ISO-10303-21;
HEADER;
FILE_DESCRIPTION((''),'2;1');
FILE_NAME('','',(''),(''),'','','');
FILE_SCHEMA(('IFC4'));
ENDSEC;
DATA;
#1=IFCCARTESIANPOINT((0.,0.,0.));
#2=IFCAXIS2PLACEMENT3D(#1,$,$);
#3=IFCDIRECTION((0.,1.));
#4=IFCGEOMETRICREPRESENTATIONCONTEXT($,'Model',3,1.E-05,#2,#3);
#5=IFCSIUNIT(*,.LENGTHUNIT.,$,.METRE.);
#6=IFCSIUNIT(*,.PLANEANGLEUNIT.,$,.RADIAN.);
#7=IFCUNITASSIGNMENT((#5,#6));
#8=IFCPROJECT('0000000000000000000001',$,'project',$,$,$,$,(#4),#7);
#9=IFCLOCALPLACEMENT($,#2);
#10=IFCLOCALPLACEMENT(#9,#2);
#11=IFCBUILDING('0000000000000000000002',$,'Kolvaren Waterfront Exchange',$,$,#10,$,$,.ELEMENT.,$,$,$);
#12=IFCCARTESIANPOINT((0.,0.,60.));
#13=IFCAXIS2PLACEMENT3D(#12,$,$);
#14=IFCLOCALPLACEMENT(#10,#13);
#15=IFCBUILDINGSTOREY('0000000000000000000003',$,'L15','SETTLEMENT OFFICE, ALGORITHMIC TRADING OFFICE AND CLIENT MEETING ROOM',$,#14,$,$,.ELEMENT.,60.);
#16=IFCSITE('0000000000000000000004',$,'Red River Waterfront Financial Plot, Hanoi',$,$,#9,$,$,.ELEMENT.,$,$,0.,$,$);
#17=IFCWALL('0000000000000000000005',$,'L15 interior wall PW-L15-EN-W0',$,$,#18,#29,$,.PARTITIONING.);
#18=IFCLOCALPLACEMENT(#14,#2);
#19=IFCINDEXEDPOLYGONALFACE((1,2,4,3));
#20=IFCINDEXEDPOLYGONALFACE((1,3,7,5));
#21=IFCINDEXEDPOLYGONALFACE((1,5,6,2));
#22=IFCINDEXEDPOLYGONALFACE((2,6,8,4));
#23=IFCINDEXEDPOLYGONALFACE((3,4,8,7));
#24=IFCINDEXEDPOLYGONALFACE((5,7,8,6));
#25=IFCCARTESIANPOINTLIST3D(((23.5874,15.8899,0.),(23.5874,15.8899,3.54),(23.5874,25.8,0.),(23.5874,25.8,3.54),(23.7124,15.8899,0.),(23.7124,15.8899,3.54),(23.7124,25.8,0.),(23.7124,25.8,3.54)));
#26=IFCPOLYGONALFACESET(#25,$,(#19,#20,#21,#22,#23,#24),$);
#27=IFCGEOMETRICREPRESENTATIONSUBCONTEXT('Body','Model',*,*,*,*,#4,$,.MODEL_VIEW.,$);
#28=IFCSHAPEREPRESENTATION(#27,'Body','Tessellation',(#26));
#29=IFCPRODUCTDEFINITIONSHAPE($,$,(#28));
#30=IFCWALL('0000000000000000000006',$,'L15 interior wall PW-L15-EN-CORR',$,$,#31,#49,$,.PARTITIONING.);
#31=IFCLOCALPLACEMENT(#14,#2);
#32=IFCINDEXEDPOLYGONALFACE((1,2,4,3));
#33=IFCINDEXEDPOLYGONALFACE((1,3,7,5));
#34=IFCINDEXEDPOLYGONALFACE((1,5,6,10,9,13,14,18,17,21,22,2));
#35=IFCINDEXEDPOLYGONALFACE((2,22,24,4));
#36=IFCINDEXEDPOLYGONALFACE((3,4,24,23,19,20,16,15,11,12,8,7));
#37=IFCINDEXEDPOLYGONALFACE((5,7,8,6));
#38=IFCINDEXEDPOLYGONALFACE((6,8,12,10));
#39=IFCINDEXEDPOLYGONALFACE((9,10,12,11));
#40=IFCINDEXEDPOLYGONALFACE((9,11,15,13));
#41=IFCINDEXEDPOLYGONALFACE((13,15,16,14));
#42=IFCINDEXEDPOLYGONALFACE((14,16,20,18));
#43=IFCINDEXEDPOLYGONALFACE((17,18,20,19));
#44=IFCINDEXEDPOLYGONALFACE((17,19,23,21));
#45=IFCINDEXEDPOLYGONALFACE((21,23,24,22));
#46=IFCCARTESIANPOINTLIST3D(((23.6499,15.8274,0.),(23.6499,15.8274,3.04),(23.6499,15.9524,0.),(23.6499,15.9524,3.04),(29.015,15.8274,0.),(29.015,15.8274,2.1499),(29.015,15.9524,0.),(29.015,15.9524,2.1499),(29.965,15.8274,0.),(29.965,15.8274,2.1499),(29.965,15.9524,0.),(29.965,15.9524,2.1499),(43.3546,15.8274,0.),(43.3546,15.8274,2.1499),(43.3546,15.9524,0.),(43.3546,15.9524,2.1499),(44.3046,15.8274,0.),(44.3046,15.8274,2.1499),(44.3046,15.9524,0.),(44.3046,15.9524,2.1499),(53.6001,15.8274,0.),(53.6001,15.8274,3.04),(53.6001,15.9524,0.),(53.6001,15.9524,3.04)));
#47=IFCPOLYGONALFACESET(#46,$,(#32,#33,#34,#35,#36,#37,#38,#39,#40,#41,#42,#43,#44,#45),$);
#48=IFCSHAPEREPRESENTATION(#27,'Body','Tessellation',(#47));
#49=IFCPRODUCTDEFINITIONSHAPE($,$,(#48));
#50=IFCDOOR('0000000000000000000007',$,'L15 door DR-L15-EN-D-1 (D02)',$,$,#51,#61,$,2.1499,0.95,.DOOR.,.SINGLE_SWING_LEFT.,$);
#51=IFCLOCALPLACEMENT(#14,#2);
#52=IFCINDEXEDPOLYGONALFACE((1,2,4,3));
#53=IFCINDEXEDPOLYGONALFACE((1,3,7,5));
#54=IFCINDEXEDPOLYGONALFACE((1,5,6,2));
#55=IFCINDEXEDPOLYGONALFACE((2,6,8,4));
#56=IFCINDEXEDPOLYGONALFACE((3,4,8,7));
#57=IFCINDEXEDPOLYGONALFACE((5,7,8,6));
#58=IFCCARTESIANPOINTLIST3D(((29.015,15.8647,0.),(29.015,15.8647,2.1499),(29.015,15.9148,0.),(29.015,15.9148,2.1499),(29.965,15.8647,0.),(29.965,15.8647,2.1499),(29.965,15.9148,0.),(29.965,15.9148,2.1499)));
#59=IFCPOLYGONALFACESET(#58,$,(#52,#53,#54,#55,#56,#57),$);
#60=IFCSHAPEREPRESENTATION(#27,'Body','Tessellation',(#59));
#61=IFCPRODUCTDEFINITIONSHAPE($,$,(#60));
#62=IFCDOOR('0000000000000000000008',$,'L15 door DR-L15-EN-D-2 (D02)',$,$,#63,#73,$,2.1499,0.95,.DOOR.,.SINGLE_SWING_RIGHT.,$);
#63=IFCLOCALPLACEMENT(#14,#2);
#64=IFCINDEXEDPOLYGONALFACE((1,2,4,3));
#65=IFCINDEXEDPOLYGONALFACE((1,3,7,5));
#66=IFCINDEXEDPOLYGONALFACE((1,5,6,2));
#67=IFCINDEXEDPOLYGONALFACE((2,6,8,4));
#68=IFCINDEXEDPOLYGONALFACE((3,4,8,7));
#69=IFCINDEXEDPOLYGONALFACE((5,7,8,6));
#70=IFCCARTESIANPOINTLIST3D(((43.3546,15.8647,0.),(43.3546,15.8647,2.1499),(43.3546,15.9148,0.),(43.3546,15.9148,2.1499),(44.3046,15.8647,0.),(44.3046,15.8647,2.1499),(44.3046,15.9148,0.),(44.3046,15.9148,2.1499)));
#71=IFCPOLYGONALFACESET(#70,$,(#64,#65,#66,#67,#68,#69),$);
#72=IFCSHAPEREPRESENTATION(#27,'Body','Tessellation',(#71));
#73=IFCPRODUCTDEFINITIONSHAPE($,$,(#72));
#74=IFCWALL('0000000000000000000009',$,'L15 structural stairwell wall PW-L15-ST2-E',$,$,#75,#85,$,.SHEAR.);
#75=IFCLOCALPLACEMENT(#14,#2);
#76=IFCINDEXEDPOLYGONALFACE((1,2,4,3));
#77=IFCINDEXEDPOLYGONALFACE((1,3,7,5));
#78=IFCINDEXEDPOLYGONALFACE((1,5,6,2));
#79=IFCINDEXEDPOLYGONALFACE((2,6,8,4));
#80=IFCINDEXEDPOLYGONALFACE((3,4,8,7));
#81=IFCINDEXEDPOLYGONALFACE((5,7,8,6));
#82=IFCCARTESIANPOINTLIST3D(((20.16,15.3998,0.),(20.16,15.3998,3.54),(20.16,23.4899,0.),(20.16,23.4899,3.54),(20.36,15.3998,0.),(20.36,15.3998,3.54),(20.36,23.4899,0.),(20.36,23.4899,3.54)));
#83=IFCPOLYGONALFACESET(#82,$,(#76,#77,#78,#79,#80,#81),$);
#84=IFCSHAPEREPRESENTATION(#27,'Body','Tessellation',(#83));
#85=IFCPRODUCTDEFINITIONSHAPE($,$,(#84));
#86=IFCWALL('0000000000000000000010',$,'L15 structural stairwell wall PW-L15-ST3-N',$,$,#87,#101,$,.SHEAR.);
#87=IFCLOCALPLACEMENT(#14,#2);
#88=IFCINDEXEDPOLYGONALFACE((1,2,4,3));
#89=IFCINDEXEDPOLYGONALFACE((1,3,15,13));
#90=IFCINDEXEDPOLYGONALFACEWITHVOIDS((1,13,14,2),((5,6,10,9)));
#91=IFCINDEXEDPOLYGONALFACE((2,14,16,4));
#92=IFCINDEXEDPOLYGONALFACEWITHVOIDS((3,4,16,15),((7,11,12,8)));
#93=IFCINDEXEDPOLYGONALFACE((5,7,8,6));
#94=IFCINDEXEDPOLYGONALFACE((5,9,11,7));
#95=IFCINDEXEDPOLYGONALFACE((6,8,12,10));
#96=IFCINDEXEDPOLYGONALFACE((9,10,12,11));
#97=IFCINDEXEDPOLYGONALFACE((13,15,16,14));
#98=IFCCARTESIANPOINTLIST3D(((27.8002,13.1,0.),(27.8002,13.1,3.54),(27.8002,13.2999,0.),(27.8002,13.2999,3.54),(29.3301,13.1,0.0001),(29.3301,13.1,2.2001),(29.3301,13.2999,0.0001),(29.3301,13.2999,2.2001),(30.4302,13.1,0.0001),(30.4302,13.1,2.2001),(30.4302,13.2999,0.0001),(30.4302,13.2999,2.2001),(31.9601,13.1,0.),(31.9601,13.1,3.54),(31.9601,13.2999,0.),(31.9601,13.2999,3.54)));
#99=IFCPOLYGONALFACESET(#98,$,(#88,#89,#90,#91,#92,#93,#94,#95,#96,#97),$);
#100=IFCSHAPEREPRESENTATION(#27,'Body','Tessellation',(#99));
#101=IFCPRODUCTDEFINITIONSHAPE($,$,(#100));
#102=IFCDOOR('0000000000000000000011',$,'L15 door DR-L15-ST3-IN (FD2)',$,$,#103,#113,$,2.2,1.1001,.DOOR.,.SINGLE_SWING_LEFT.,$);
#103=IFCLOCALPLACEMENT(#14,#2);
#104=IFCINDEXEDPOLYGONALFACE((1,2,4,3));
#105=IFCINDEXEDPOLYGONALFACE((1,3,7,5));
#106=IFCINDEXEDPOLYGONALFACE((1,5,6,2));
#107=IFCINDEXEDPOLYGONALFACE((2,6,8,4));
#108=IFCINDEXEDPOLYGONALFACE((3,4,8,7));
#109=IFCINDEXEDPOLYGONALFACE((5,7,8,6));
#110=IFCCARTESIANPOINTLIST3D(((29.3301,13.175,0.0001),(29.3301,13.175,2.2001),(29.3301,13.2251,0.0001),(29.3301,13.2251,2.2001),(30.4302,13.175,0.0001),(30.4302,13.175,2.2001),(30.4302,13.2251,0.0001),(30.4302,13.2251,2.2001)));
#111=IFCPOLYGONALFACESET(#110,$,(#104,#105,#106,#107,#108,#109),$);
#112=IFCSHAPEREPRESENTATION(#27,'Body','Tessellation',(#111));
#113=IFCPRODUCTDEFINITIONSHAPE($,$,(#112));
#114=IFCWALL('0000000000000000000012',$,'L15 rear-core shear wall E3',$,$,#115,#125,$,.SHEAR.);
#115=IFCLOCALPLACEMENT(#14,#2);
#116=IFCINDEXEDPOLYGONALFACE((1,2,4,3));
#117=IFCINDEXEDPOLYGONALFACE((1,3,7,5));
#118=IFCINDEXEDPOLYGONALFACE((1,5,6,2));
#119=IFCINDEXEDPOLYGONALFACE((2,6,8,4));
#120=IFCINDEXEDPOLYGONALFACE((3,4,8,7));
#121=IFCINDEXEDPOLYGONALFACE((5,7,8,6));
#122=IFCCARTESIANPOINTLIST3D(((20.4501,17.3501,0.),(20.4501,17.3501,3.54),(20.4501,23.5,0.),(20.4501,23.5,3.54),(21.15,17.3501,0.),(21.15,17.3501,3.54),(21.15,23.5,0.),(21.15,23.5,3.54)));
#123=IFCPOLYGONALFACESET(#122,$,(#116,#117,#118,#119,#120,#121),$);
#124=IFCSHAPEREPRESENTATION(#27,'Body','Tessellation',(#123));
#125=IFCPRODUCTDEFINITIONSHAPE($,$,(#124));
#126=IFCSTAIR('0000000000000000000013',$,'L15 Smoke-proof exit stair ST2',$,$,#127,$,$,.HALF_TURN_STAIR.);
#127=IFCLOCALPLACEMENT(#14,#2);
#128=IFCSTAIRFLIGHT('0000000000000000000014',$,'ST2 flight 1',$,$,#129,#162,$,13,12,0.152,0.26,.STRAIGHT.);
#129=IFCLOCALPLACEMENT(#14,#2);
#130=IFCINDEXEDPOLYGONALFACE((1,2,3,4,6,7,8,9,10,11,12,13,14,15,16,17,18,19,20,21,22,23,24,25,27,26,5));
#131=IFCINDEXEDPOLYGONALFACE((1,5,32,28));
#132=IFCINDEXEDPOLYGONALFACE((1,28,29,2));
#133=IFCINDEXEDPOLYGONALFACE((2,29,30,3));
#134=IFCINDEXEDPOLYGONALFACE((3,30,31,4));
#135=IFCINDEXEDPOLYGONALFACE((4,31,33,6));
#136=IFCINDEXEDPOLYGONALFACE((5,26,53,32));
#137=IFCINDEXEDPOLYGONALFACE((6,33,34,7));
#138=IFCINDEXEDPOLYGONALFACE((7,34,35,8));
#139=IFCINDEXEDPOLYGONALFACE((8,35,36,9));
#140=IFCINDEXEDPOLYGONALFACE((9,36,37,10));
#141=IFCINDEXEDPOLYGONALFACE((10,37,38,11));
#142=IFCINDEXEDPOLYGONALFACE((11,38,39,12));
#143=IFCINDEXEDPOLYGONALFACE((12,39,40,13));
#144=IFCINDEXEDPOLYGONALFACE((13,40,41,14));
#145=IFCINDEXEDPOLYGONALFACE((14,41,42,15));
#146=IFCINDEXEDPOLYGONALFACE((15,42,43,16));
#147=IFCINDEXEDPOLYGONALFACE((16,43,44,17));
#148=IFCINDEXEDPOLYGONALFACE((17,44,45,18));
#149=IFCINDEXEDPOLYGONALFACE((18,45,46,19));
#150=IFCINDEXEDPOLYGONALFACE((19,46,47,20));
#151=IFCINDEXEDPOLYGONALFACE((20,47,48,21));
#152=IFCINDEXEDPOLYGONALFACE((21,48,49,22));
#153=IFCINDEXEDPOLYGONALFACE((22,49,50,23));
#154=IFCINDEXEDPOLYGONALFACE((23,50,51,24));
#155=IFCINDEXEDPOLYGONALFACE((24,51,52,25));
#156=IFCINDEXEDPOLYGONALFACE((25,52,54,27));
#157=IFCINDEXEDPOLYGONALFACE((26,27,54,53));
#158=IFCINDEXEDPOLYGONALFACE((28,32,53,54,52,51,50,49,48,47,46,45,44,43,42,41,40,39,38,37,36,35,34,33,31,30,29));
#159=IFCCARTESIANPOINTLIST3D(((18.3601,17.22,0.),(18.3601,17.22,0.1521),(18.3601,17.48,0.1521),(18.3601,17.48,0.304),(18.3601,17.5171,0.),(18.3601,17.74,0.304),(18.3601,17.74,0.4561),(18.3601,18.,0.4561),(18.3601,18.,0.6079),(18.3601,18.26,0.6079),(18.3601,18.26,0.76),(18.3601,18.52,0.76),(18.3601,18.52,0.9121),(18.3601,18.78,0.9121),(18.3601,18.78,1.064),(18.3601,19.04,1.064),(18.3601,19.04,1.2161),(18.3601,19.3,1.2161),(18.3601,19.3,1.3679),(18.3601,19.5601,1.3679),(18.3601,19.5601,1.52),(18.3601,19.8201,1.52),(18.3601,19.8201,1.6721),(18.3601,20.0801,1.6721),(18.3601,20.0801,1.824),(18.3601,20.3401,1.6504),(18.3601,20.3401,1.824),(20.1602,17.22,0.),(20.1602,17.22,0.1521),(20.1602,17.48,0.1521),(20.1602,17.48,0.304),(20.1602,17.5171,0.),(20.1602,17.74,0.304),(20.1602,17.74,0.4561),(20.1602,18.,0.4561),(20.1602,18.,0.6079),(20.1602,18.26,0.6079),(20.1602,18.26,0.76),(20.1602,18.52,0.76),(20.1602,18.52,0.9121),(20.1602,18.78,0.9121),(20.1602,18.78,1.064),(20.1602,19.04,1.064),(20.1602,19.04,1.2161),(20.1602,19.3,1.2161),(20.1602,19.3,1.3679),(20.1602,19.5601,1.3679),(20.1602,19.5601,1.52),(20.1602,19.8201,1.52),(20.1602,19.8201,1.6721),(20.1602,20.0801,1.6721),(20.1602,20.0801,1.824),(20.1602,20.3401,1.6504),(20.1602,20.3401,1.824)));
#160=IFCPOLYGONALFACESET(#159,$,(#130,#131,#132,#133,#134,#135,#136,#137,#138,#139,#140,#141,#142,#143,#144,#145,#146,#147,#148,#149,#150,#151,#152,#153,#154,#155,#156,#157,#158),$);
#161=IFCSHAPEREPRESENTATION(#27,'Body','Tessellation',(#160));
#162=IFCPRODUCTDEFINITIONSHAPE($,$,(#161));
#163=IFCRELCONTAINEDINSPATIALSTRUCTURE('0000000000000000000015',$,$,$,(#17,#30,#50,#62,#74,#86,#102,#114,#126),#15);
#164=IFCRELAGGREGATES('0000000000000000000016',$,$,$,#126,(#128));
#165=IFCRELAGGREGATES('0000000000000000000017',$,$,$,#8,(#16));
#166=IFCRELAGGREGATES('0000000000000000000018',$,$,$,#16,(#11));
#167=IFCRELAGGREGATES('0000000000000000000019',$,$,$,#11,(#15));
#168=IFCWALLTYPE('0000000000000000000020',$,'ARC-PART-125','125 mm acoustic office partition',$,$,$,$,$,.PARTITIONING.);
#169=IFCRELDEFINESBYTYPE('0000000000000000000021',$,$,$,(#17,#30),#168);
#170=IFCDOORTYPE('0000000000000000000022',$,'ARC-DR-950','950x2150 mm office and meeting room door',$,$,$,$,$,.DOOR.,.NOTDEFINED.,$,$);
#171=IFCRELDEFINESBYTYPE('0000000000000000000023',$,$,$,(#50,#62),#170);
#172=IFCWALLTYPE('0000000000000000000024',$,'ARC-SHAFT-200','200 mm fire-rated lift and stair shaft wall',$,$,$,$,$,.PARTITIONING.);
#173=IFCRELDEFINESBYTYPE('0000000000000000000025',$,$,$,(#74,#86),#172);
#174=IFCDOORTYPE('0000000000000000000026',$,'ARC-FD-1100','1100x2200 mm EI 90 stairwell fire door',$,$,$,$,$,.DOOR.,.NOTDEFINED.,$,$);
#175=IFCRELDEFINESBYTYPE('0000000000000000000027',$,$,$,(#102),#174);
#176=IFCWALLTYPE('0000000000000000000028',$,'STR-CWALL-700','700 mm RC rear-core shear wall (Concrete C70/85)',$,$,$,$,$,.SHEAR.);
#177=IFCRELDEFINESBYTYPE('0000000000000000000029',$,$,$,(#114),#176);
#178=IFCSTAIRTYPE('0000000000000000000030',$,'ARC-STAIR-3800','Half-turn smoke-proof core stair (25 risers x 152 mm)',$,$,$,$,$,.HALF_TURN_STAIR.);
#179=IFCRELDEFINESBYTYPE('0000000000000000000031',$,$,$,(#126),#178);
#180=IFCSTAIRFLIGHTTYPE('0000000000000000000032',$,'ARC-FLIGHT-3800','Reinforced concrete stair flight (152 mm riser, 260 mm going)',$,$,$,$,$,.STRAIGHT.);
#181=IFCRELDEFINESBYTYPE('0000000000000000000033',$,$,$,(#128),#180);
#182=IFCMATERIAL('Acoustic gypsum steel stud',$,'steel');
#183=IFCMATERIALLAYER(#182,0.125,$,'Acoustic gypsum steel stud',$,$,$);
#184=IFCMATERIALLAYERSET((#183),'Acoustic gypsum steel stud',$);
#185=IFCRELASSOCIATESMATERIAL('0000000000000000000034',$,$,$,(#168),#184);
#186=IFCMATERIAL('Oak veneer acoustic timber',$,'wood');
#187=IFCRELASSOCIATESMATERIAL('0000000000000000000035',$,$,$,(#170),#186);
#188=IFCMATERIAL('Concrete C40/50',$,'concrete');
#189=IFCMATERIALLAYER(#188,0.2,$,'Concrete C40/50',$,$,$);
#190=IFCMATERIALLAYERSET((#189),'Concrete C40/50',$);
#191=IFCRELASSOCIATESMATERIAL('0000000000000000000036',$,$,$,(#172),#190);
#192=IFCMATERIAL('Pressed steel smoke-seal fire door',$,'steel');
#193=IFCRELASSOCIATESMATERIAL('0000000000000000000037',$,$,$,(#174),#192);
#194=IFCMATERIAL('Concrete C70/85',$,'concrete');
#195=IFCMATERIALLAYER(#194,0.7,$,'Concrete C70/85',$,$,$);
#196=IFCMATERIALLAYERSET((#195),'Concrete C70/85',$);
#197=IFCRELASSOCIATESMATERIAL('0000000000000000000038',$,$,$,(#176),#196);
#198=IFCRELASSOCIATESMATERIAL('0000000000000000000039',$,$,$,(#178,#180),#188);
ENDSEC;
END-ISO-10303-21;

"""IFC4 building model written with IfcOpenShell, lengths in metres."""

from ifc_helpers import new_model, si_unit, direction, frame, frame_2d, origin, place, context, subcontext, project, spatial, polyline, rectangle, outline, extrude, material, layer, layer_set, type_object, element, fill, aggregate, save


model = new_model("IFC4")

# Units and contexts
model_context = context("Model", 3, precision=1e-05, world=origin(), true_north=direction((0.0, 1.0)))
body_context = subcontext(model_context, "Body", "Model", "MODEL_VIEW")
ifc_project = project(units=[si_unit("LENGTHUNIT", "METRE"), si_unit("PLANEANGLEUNIT", "RADIAN")], contexts=[model_context])

# Site, building, storey
site_placement = place(None, origin())
site = spatial("IfcSite", under=ifc_project, at=site_placement, Name="Red River Waterfront Financial Plot, Hanoi", CompositionType="ELEMENT", RefElevation=0.0)
building_placement = place(site_placement, origin())
building = spatial("IfcBuilding", under=site, at=building_placement, Name="Kolvaren Waterfront Exchange", CompositionType="ELEMENT")
storey_placement = place(building_placement, frame((0.0, 0.0, 60.0)))
storey = spatial("IfcBuildingStorey", under=building, at=storey_placement, Name="L15", Description="SETTLEMENT OFFICE, ALGORITHMIC TRADING OFFICE AND CLIENT MEETING ROOM", CompositionType="ELEMENT", Elevation=60.0)

# Shared definitions
ifc_material_1 = material(Name="Concrete C70/85", Category="concrete")

# Shared definitions
ifc_material_2 = material(Name="Acoustic gypsum steel stud", Category="steel")
ifc_layer_1 = layer(ifc_material_2, 0.125, Name="Acoustic gypsum steel stud")
ifc_layer_set_1 = layer_set([ifc_layer_1], Name="Acoustic gypsum steel stud")
wall_type_1 = type_object("IfcWallType", Name="ARC-PART-125", Description="125 mm acoustic office partition", PredefinedType="PARTITIONING", material=ifc_layer_set_1)
ifc_material_3 = material(Name="Oak veneer acoustic timber", Category="wood")
door_type_1 = type_object("IfcDoorType", Name="ARC-DR-950", Description="950x2150 mm office and meeting room door", OperationType="NOTDEFINED", PredefinedType="DOOR", material=ifc_material_3)

# Wall
wall_1_placement = place(storey_placement, frame((23.6499, 15.8899, 0.0), z_axis=(0.0, 0.0, 1.0), x_axis=(0.0, 1.0, 0.0)))
element("IfcWall", 1, at=wall_1_placement, inside=storey, type_object=wall_type_1, Name="L15 interior wall PW-L15-EN-W0", PredefinedType="PARTITIONING", context=body_context, shape_type="SweptSolid", body=[
    extrude(rectangle(XDim=9.9102, YDim=0.125, at=frame_2d((4.9551, 0.0))), origin(), (0.0, 0.0, 1.0), 3.54),
])

# Wall, openings, doors
wall_2_placement = place(storey_placement, frame((23.6499, 15.8899, 0.0), z_axis=(0.0, 0.0, 1.0), x_axis=(1.0, 0.0, 0.0)))
wall_2 = element("IfcWall", 2, at=wall_2_placement, inside=storey, type_object=wall_type_1, Name="L15 interior wall PW-L15-EN-CORR", PredefinedType="PARTITIONING", context=body_context, shape_type="SweptSolid", body=[
    extrude(rectangle(XDim=29.9502, YDim=0.125, at=frame_2d((14.9751, 0.0))), origin(), (0.0, 0.0, 1.0), 3.04),
])
opening_1_placement = place(wall_2_placement, frame((5.365, 0.0, 0.0)))
opening_1 = element("IfcOpeningElement", 3, at=opening_1_placement, cuts=wall_2, PredefinedType="OPENING", context=body_context, shape_type="SweptSolid", body=[
    extrude(rectangle(XDim=0.95, YDim=2.1499, at=frame_2d((0.4751, 1.075))), frame((0.0, 0.0725, 0.0), z_axis=(0.0, -1.0, 0.0), x_axis=(1.0, 0.0, 0.0)), (0.0, 0.0, 1.0), 0.145),
])
opening_2_placement = place(wall_2_placement, frame((19.7046, 0.0, 0.0)))
opening_2 = element("IfcOpeningElement", 4, at=opening_2_placement, cuts=wall_2, PredefinedType="OPENING", context=body_context, shape_type="SweptSolid", body=[
    extrude(rectangle(XDim=0.95, YDim=2.1499, at=frame_2d((0.4751, 1.075))), frame((0.0, 0.0725, 0.0), z_axis=(0.0, -1.0, 0.0), x_axis=(1.0, 0.0, 0.0)), (0.0, 0.0, 1.0), 0.145),
])
door_1_placement = place(opening_1_placement, origin())
door_1 = element("IfcDoor", 5, at=door_1_placement, inside=storey, type_object=door_type_1, Name="L15 door DR-L15-EN-D-1 (D02)", OperationType="SINGLE_SWING_LEFT", OverallHeight=2.1499, OverallWidth=0.95, PredefinedType="DOOR", context=body_context, shape_type="SweptSolid", body=[
    extrude(rectangle(XDim=0.95, YDim=2.1499, at=frame_2d((0.4751, 1.075))), frame((0.0, 0.0249, 0.0), z_axis=(0.0, -1.0, 0.0), x_axis=(1.0, 0.0, 0.0)), (0.0, 0.0, 1.0), 0.05),
])
fill(opening_1, door_1)
door_2_placement = place(opening_2_placement, origin())
door_2 = element("IfcDoor", 6, at=door_2_placement, inside=storey, type_object=door_type_1, Name="L15 door DR-L15-EN-D-2 (D02)", OperationType="SINGLE_SWING_RIGHT", OverallHeight=2.1499, OverallWidth=0.95, PredefinedType="DOOR", context=body_context, shape_type="SweptSolid", body=[
    extrude(rectangle(XDim=0.95, YDim=2.1499, at=frame_2d((0.4751, 1.075))), frame((0.0, 0.0249, 0.0), z_axis=(0.0, -1.0, 0.0), x_axis=(1.0, 0.0, 0.0)), (0.0, 0.0, 1.0), 0.05),
])
fill(opening_2, door_2)

# Wall
ifc_material_4 = material(Name="Concrete C40/50", Category="concrete")
ifc_layer_2 = layer(ifc_material_4, 0.2, Name="Concrete C40/50")
ifc_layer_set_2 = layer_set([ifc_layer_2], Name="Concrete C40/50")
wall_type_2 = type_object("IfcWallType", Name="ARC-SHAFT-200", Description="200 mm fire-rated lift and stair shaft wall", PredefinedType="PARTITIONING", material=ifc_layer_set_2)
wall_3_placement = place(storey_placement, frame((20.26, 15.3999, 0.0), z_axis=(0.0, 0.0, 1.0), x_axis=(0.0, 1.0, 0.0)))
element("IfcWall", 7, at=wall_3_placement, inside=storey, type_object=wall_type_2, Name="L15 structural stairwell wall PW-L15-ST2-E", PredefinedType="SHEAR", context=body_context, shape_type="SweptSolid", body=[
    extrude(rectangle(XDim=8.0901, YDim=0.2, at=frame_2d((4.0449, 0.0))), origin(), (0.0, 0.0, 1.0), 3.54),
])

# Wall, opening, door
wall_4_placement = place(storey_placement, frame((27.8, 13.2, 0.0), z_axis=(0.0, 0.0, 1.0), x_axis=(1.0, 0.0, 0.0)))
wall_4 = element("IfcWall", 8, at=wall_4_placement, inside=storey, type_object=wall_type_2, Name="L15 structural stairwell wall PW-L15-ST3-N", PredefinedType="SHEAR", context=body_context, shape_type="SweptSolid", body=[
    extrude(rectangle(XDim=4.1599, YDim=0.2, at=frame_2d((2.0801, 0.0))), origin(), (0.0, 0.0, 1.0), 3.54),
])
opening_3_placement = place(wall_4_placement, frame((1.53, 0.0, 0.0)))
opening_3 = element("IfcOpeningElement", 9, at=opening_3_placement, cuts=wall_4, PredefinedType="OPENING", context=body_context, shape_type="SweptSolid", body=[
    extrude(rectangle(XDim=1.1001, YDim=2.2, at=frame_2d((0.55, 1.1001))), frame((0.0, 0.1099, 0.0), z_axis=(0.0, -1.0, 0.0), x_axis=(1.0, 0.0, 0.0)), (0.0, 0.0, 1.0), 0.22),
])
ifc_material_5 = material(Name="Pressed steel smoke-seal fire door", Category="steel")
door_type_2 = type_object("IfcDoorType", Name="ARC-FD-1100", Description="1100x2200 mm EI 90 stairwell fire door", OperationType="NOTDEFINED", PredefinedType="DOOR", material=ifc_material_5)
door_3_placement = place(opening_3_placement, frame((1.1001, 0.0, 0.0), z_axis=(0.0, 0.0, 1.0), x_axis=(-1.0, 0.0, 0.0)))
door_3 = element("IfcDoor", 10, at=door_3_placement, inside=storey, type_object=door_type_2, Name="L15 door DR-L15-ST3-IN (FD2)", OperationType="SINGLE_SWING_LEFT", OverallHeight=2.2, OverallWidth=1.1001, PredefinedType="DOOR", context=body_context, shape_type="SweptSolid", body=[
    extrude(rectangle(XDim=1.1001, YDim=2.2, at=frame_2d((0.55, 1.1001))), frame((0.0, 0.0249, 0.0), z_axis=(0.0, -1.0, 0.0), x_axis=(1.0, 0.0, 0.0)), (0.0, 0.0, 1.0), 0.05),
])
fill(opening_3, door_3)

# Wall
ifc_layer_3 = layer(ifc_material_1, 0.7, Name="Concrete C70/85")
ifc_layer_set_3 = layer_set([ifc_layer_3], Name="Concrete C70/85")
wall_type_3 = type_object("IfcWallType", Name="STR-CWALL-700", Description="700 mm RC rear-core shear wall (Concrete C70/85)", PredefinedType="SHEAR", material=ifc_layer_set_3)
wall_5_placement = place(storey_placement, frame((20.8, 17.3501, 0.0), z_axis=(0.0, 0.0, 1.0), x_axis=(0.0, 1.0, 0.0)))
element("IfcWall", 11, at=wall_5_placement, inside=storey, type_object=wall_type_3, Name="L15 rear-core shear wall E3", PredefinedType="SHEAR", context=body_context, shape_type="SweptSolid", body=[
    extrude(rectangle(XDim=6.1499, YDim=0.7, at=frame_2d((3.075, 0.0))), origin(), (0.0, 0.0, 1.0), 3.54),
])

# Stair, stair flight
stair_type = type_object("IfcStairType", Name="ARC-STAIR-3800", Description="Half-turn smoke-proof core stair (25 risers x 152 mm)", PredefinedType="HALF_TURN_STAIR", material=ifc_material_4)
stair_placement = place(storey_placement, origin())
stair = element("IfcStair", 12, at=stair_placement, inside=storey, type_object=stair_type, Name="L15 Smoke-proof exit stair ST2", PredefinedType="HALF_TURN_STAIR")
stair_flight_type = type_object("IfcStairFlightType", Name="ARC-FLIGHT-3800", Description="Reinforced concrete stair flight (152 mm riser, 260 mm going)", PredefinedType="STRAIGHT", material=ifc_material_4)
stair_flight_placement = place(storey_placement, frame((19.26, 17.22, 0.0), z_axis=(0.0, 0.0, 1.0), x_axis=(0.0, 1.0, 0.0)))
stair_flight = element("IfcStairFlight", 13, at=stair_flight_placement, type_object=stair_flight_type, Name="ST2 flight 1", NumberOfRisers=13, NumberOfTreads=12, PredefinedType="STRAIGHT", RiserHeight=0.152, TreadLength=0.26, context=body_context, shape_type="SweptSolid", body=[
    extrude(outline(polyline([(0.0, 0.0), (0.0, 0.1521), (0.26, 0.1521), (0.26, 0.304), (0.52, 0.304), (0.52, 0.4561), (0.78, 0.4561), (0.78, 0.6079), (1.04, 0.6079), (1.04, 0.76), (1.3, 0.76), (1.3, 0.9121), (1.5601, 0.9121), (1.5601, 1.064), (1.8201, 1.064), (1.8201, 1.2161), (2.0801, 1.2161), (2.0801, 1.3679), (2.3401, 1.3679), (2.3401, 1.52), (2.6001, 1.52), (2.6001, 1.6721), (2.8601, 1.6721), (2.8601, 1.824), (3.1201, 1.824), (3.1201, 1.9761), (3.1201, 1.6504), (0.2971, 0.0), (0.0, 0.0)])), frame((0.0, 0.8999, 0.0), z_axis=(0.0, -1.0, 0.0), x_axis=(1.0, 0.0, 0.0)), (0.0, 0.0, 1.0), 1.8),
])
aggregate(stair, [stair_flight])

save(model, "model.ifc")
